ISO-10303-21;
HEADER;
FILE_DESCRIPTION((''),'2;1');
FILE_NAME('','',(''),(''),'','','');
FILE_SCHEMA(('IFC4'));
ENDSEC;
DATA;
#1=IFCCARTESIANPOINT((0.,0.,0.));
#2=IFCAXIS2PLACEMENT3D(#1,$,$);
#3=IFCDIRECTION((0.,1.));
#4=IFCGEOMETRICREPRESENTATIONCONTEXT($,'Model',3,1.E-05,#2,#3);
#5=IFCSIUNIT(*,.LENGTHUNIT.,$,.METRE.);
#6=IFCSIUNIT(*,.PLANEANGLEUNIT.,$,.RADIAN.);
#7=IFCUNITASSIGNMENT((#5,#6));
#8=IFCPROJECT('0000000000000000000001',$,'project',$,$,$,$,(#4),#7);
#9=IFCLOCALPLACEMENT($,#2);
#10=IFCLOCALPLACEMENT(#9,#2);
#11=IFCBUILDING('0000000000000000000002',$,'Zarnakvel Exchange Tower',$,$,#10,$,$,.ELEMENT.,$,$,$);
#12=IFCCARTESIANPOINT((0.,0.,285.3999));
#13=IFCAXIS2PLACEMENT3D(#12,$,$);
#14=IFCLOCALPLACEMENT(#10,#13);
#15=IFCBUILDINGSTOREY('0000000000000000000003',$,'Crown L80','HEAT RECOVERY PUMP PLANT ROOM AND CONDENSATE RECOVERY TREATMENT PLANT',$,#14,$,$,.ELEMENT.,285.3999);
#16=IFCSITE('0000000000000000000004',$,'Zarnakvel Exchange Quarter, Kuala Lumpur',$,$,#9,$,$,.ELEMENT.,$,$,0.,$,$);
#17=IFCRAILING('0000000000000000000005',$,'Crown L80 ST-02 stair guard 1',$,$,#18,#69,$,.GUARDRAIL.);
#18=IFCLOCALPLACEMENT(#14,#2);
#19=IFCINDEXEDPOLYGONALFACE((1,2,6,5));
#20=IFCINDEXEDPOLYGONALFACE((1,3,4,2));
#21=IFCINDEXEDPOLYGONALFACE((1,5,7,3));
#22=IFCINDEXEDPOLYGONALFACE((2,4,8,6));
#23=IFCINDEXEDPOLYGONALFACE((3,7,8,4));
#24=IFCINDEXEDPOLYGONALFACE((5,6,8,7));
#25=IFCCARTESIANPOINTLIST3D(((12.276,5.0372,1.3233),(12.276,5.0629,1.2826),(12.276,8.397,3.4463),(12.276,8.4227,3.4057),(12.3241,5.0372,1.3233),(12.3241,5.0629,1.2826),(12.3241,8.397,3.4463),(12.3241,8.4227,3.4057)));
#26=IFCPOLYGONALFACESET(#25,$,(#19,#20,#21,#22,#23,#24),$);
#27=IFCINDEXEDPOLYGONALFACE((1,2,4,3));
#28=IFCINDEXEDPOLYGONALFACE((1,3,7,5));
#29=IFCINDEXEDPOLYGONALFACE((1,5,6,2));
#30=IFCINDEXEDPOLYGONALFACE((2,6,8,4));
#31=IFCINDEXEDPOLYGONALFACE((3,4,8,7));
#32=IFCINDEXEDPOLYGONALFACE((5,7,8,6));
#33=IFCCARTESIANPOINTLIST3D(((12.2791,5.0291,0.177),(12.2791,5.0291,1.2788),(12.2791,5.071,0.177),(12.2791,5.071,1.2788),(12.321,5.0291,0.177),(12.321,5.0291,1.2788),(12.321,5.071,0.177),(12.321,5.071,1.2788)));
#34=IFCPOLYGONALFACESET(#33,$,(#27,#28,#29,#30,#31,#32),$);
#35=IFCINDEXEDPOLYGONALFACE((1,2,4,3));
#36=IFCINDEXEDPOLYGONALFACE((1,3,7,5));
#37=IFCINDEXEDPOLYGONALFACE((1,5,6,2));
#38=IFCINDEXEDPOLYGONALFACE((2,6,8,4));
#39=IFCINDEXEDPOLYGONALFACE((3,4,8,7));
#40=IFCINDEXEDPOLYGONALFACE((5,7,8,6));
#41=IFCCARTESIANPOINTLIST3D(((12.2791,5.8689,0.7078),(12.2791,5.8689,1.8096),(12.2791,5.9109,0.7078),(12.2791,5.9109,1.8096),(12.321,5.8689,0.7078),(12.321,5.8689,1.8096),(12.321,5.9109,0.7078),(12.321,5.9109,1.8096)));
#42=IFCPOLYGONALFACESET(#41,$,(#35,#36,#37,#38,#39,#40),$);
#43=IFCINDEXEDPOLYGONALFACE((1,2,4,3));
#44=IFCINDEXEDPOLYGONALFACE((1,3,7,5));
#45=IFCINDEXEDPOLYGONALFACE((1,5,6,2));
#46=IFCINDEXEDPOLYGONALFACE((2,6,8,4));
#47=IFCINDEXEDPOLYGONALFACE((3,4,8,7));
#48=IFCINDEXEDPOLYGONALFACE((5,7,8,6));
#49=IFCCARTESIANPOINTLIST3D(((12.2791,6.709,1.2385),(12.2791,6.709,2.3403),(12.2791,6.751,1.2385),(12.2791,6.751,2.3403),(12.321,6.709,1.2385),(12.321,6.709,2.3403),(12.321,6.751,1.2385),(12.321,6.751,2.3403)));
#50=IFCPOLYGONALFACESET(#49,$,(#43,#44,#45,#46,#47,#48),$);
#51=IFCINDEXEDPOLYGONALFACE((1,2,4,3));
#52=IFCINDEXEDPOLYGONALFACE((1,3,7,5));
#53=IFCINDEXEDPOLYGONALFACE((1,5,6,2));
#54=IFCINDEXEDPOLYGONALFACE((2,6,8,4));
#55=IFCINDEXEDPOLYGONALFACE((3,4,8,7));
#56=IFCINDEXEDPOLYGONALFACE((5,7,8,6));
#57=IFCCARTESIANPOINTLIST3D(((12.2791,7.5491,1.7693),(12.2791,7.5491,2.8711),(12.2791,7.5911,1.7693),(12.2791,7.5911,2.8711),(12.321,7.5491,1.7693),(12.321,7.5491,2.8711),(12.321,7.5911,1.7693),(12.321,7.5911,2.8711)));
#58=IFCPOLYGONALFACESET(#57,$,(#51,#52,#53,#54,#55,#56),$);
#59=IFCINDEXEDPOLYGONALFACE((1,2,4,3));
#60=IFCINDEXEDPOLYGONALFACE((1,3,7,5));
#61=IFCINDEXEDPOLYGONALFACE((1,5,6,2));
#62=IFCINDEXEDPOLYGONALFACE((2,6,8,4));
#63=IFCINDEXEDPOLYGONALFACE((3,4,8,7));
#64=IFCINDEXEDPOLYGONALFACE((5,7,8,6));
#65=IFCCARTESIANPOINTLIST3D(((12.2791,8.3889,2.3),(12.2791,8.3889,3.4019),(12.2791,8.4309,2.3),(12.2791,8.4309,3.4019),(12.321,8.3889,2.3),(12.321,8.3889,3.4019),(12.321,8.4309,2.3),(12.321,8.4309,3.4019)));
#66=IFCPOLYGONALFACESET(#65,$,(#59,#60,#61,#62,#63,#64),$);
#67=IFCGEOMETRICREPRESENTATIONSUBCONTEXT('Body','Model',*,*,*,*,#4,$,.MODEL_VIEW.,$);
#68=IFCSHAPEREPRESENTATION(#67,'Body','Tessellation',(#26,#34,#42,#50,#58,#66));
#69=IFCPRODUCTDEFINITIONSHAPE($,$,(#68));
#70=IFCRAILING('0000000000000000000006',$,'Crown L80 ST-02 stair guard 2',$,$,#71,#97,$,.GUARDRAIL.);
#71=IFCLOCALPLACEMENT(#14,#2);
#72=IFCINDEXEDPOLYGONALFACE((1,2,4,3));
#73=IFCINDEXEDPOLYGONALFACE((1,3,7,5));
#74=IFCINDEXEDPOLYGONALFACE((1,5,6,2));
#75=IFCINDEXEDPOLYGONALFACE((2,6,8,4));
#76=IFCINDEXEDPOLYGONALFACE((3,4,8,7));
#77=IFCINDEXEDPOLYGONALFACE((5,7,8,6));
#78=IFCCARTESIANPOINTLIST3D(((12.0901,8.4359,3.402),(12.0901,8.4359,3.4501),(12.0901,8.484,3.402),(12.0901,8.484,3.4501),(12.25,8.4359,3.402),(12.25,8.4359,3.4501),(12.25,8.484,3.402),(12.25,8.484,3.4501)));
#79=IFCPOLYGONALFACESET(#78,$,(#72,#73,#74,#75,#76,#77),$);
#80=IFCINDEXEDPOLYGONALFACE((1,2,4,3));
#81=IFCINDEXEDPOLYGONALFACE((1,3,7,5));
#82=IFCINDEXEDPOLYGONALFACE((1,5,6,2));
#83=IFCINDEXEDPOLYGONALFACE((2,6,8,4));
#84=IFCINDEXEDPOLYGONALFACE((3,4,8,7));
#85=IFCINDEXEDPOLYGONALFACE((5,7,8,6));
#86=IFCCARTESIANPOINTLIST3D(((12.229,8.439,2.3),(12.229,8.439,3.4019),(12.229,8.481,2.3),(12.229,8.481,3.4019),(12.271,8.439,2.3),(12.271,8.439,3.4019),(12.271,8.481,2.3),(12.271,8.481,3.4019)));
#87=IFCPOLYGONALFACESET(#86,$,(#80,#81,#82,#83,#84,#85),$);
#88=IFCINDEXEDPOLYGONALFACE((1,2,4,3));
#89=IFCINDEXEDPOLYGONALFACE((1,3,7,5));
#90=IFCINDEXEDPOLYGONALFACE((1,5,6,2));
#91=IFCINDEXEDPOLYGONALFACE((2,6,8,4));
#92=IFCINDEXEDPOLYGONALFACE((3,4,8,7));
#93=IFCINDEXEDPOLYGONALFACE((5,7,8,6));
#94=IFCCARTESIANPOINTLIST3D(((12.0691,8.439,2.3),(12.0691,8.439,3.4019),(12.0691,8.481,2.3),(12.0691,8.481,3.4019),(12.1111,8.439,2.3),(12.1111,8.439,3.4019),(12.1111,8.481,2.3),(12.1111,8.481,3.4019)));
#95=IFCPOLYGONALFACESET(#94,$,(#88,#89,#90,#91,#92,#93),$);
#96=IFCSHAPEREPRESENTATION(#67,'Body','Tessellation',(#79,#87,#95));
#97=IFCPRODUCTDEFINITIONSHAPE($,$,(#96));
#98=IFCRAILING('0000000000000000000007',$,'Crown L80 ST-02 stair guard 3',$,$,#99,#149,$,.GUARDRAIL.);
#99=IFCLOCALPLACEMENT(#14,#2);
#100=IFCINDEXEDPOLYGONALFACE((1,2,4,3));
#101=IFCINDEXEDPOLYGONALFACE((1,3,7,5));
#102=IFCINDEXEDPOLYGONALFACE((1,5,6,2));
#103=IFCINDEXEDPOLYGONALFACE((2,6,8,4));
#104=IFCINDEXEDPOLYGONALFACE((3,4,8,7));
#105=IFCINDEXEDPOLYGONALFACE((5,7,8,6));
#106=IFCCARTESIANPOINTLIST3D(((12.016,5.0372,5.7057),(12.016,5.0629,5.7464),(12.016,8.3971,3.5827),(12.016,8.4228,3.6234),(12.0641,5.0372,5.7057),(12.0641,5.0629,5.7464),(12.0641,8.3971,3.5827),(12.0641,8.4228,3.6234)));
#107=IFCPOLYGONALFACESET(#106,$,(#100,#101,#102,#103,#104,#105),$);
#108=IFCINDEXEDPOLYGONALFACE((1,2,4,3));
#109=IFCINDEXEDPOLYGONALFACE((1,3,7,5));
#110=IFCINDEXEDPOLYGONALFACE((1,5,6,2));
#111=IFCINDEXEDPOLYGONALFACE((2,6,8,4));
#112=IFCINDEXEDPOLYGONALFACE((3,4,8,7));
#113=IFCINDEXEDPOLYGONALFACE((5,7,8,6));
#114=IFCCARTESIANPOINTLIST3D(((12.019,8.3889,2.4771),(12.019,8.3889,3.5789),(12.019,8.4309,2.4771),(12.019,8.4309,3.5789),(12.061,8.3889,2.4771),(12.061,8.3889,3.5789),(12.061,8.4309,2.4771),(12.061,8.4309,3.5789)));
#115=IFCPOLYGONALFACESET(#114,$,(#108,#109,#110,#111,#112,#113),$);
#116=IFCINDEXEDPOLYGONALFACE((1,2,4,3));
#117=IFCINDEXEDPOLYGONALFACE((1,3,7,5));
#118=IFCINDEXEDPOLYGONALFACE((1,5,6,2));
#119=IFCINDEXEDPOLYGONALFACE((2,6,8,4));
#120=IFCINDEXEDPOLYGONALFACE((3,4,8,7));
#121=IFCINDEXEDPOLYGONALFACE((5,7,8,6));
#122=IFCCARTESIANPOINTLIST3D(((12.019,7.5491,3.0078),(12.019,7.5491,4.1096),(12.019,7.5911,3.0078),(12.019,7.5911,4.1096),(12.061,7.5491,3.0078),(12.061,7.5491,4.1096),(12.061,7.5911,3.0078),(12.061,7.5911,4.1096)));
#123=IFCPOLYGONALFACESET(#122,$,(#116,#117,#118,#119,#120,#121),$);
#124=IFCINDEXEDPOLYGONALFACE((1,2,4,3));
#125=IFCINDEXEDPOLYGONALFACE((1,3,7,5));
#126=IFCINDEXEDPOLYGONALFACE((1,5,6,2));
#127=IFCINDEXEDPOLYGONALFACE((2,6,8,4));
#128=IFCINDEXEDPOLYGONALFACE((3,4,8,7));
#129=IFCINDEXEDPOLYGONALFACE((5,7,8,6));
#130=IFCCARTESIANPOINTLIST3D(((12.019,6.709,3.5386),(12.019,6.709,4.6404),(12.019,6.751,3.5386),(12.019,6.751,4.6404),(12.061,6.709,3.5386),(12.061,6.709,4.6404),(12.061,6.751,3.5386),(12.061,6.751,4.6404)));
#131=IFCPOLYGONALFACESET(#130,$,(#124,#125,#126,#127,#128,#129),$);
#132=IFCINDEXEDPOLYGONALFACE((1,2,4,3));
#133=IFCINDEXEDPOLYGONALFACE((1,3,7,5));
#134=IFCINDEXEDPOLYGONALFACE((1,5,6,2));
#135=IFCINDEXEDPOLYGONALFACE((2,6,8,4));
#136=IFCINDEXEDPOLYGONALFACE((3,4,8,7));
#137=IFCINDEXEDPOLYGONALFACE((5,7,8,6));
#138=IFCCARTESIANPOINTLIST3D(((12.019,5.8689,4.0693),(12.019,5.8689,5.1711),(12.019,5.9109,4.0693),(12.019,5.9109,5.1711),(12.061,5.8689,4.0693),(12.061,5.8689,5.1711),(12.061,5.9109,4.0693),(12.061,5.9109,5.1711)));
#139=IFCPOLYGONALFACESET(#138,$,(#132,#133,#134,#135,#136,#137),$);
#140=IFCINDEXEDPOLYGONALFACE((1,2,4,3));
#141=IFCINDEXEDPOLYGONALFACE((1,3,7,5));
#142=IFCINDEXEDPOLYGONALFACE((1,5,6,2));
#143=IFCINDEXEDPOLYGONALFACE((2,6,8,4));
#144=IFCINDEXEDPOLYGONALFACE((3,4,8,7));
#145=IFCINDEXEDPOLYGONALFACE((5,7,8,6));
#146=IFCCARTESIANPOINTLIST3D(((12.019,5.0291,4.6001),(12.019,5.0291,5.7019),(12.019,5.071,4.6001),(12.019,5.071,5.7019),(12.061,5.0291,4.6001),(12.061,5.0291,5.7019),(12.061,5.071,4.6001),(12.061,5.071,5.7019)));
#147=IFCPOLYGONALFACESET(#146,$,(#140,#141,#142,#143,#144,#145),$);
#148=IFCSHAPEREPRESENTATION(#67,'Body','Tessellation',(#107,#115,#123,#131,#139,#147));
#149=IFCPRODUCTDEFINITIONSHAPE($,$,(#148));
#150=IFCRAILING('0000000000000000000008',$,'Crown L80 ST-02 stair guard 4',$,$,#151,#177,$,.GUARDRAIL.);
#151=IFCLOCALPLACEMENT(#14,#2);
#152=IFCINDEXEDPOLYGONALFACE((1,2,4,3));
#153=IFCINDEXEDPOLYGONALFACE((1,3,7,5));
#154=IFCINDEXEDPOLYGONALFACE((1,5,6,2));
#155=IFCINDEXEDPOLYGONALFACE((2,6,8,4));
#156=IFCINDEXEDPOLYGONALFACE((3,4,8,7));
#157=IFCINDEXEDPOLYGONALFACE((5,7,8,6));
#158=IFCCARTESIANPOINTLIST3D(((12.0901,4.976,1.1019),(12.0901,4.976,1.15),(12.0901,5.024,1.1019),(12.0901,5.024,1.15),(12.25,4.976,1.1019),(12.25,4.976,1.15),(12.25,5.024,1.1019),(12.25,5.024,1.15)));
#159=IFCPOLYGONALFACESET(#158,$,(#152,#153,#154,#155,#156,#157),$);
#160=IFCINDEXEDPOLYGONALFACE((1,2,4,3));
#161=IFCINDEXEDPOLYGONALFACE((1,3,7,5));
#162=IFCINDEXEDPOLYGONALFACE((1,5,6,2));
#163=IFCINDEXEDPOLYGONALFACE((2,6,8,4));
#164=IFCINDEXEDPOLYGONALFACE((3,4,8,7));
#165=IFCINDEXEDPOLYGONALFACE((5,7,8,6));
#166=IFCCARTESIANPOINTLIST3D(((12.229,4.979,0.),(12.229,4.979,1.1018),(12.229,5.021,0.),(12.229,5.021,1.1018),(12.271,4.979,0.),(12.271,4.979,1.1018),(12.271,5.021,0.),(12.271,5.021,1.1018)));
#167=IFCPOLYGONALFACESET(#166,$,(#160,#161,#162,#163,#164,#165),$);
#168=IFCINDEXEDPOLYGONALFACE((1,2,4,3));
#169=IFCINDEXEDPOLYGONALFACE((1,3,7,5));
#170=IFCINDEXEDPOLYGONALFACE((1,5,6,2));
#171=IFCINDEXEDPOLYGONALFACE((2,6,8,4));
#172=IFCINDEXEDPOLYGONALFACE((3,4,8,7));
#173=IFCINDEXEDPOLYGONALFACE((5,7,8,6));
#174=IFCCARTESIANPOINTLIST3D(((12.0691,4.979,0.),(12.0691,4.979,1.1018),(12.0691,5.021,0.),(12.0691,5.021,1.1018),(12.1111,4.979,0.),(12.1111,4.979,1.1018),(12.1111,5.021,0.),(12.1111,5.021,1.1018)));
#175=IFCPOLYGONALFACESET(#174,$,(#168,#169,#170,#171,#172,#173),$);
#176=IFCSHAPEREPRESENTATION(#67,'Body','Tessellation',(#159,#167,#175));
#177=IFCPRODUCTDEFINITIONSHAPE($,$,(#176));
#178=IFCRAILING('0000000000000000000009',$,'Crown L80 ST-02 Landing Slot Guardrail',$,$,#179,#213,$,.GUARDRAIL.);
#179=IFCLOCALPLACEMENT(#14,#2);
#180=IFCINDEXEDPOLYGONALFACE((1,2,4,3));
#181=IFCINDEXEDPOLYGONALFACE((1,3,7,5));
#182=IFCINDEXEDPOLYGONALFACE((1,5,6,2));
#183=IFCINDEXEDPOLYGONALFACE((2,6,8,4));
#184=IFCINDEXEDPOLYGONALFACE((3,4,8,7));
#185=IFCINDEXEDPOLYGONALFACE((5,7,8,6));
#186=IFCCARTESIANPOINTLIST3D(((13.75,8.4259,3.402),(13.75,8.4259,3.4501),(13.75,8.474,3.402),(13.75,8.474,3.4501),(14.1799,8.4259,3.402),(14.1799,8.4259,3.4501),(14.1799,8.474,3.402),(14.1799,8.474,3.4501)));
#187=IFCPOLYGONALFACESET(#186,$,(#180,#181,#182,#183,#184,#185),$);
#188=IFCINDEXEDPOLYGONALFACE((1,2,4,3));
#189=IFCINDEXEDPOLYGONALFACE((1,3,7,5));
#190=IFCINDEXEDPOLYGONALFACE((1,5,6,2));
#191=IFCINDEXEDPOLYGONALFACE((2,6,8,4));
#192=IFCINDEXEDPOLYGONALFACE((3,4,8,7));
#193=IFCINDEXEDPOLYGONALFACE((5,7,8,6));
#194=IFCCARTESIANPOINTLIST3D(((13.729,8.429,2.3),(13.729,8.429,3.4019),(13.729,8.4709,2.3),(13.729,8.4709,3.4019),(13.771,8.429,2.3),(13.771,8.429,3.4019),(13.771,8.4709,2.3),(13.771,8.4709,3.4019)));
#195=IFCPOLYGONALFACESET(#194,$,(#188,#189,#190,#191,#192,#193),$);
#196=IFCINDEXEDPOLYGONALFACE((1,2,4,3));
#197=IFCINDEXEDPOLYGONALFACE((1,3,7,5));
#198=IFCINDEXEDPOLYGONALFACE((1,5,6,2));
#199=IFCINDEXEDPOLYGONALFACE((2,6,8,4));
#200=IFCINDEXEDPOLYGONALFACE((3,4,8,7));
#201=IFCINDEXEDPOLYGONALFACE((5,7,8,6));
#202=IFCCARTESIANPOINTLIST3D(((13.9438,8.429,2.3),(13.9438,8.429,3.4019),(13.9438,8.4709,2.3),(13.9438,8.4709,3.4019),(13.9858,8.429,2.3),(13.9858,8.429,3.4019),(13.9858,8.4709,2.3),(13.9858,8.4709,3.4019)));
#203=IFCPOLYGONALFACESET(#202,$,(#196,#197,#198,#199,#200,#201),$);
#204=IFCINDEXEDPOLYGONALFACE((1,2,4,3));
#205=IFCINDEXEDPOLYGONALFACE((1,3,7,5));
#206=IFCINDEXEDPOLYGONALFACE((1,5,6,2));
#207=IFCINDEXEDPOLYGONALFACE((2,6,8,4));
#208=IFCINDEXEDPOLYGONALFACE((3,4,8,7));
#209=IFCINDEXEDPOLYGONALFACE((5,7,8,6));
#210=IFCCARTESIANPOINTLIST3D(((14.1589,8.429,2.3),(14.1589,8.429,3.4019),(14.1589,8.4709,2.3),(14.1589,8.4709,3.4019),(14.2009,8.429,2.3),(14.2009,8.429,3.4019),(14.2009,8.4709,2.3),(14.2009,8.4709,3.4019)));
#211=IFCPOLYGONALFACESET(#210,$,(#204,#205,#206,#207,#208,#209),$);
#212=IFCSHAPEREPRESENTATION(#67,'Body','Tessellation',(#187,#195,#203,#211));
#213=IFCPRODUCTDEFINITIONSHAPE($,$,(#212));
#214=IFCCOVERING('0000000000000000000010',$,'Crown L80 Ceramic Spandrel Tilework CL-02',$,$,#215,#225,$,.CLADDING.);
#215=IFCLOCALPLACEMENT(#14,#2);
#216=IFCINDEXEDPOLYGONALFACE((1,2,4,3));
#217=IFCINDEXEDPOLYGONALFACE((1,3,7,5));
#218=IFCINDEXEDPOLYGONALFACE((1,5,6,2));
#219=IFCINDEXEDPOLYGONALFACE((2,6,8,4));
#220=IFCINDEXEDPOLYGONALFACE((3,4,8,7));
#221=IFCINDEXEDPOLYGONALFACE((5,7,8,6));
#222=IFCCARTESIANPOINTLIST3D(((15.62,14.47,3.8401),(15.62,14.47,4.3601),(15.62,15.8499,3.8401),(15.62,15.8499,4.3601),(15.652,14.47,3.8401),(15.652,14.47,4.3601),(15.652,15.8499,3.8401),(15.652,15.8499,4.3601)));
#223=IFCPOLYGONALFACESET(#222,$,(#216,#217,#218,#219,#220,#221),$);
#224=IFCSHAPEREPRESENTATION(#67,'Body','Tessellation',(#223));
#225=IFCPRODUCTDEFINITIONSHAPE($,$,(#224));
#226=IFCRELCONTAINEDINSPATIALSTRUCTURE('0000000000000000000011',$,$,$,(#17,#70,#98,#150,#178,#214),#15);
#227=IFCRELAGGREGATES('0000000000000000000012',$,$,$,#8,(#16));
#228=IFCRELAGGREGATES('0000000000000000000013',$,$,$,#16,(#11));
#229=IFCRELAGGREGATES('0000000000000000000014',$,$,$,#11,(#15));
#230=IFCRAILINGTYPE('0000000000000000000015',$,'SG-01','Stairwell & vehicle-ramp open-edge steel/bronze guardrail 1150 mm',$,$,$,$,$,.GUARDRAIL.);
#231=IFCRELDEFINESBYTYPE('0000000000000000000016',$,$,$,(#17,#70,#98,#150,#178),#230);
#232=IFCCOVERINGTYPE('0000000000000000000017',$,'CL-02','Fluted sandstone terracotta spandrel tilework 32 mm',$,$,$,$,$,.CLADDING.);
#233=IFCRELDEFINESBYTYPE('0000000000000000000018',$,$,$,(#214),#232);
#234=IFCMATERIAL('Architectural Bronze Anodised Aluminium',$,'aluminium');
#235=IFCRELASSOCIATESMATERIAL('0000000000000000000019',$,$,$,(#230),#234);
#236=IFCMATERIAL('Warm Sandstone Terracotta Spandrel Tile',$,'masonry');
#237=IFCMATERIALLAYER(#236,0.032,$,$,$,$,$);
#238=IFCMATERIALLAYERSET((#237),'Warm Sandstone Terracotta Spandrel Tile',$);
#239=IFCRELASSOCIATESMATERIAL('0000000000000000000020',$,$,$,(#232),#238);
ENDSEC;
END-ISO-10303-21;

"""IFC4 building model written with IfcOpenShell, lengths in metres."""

from ifc_helpers import new_model, si_unit, direction, frame, origin, origin_2d, place, context, subcontext, project, spatial, rectangle, extrude, source, transform, mapped, material, layer, layer_set, type_object, element, save


model = new_model("IFC4")

# Units and contexts
model_context = context("Model", 3, precision=1e-05, world=origin(), true_north=direction((0.0, 1.0)))
body_context = subcontext(model_context, "Body", "Model", "MODEL_VIEW")
ifc_project = project(units=[si_unit("LENGTHUNIT", "METRE"), si_unit("PLANEANGLEUNIT", "RADIAN")], contexts=[model_context])

# Site, building, storey
site_placement = place(None, origin())
site = spatial("IfcSite", under=ifc_project, at=site_placement, Name="Zarnakvel Exchange Quarter, Kuala Lumpur", CompositionType="ELEMENT", RefElevation=0.0)
building_placement = place(site_placement, origin())
building = spatial("IfcBuilding", under=site, at=building_placement, Name="Zarnakvel Exchange Tower", CompositionType="ELEMENT")
storey_placement = place(building_placement, frame((0.0, 0.0, 285.3999)))
storey = spatial("IfcBuildingStorey", under=building, at=storey_placement, Name="Crown L80", Description="HEAT RECOVERY PUMP PLANT ROOM AND CONDENSATE RECOVERY TREATMENT PLANT", CompositionType="ELEMENT", Elevation=285.3999)

# Shared definitions
ifc_material_1 = material(Name="Architectural Bronze Anodised Aluminium", Category="aluminium")

# Railings
railing_type_1 = type_object("IfcRailingType", Name="SG-01", Description="Stairwell & vehicle-ramp open-edge steel/bronze guardrail 1150 mm", PredefinedType="GUARDRAIL", material=ifc_material_1)
railing_1_placement = place(storey_placement, frame((12.3, 5.05, 0.177)))
element("IfcRailing", 1, at=railing_1_placement, inside=storey, type_object=railing_type_1, Name="Crown L80 ST-02 stair guard 1", PredefinedType="GUARDRAIL", context=body_context, shape_type="SweptSolid", body=[
    extrude(rectangle(XDim=0.0481, YDim=0.0481, at=origin_2d()), frame((0.0, 0.0, 1.126), z_axis=(0.0, 0.845372, 0.534178), x_axis=(-1.0, 0.0, 0.0)), (0.0, 0.0, 1.0), 3.9744),
    extrude(rectangle(XDim=0.042, YDim=0.042, at=origin_2d()), origin(), (0.0, 0.0, 1.0), 1.1018),
    extrude(rectangle(XDim=0.042, YDim=0.042, at=origin_2d()), frame((0.0, 0.8398, 0.5308)), (0.0, 0.0, 1.0), 1.1018),
    extrude(rectangle(XDim=0.042, YDim=0.042, at=origin_2d()), frame((0.0, 1.6799, 1.0615)), (0.0, 0.0, 1.0), 1.1018),
    extrude(rectangle(XDim=0.042, YDim=0.042, at=origin_2d()), frame((0.0, 2.52, 1.5923)), (0.0, 0.0, 1.0), 1.1018),
    extrude(rectangle(XDim=0.042, YDim=0.042, at=origin_2d()), frame((0.0, 3.3599, 2.123)), (0.0, 0.0, 1.0), 1.1018),
])
railing_2_placement = place(storey_placement, frame((12.25, 8.46, 2.3)))
element("IfcRailing", 2, at=railing_2_placement, inside=storey, type_object=railing_type_1, Name="Crown L80 ST-02 stair guard 2", PredefinedType="GUARDRAIL", context=body_context, shape_type="SweptSolid", body=[
    extrude(rectangle(XDim=0.0481, YDim=0.0481, at=origin_2d()), frame((0.0, 0.0, 1.126), z_axis=(-1.0, 0.0, 0.0), x_axis=(0.0, -1.0, 0.0)), (0.0, 0.0, 1.0), 0.1599),
    extrude(rectangle(XDim=0.042, YDim=0.042, at=origin_2d()), origin(), (0.0, 0.0, 1.0), 1.1018),
    extrude(rectangle(XDim=0.042, YDim=0.042, at=origin_2d()), frame((-0.1599, 0.0, 0.0)), (0.0, 0.0, 1.0), 1.1018),
])
railing_3_placement = place(storey_placement, frame((12.04, 8.4099, 2.4771)))
element("IfcRailing", 3, at=railing_3_placement, inside=storey, type_object=railing_type_1, Name="Crown L80 ST-02 stair guard 3", PredefinedType="GUARDRAIL", context=body_context, shape_type="SweptSolid", body=[
    extrude(rectangle(XDim=0.0481, YDim=0.0481, at=origin_2d()), frame((0.0, 0.0, 1.126), z_axis=(0.0, -0.845372, 0.534178), x_axis=(1.0, 0.0, 0.0)), (0.0, 0.0, 1.0), 3.9744),
    extrude(rectangle(XDim=0.042, YDim=0.042, at=origin_2d()), origin(), (0.0, 0.0, 1.0), 1.1018),
    extrude(rectangle(XDim=0.042, YDim=0.042, at=origin_2d()), frame((0.0, -0.8398, 0.5308)), (0.0, 0.0, 1.0), 1.1018),
    extrude(rectangle(XDim=0.042, YDim=0.042, at=origin_2d()), frame((0.0, -1.6799, 1.0615)), (0.0, 0.0, 1.0), 1.1018),
    extrude(rectangle(XDim=0.042, YDim=0.042, at=origin_2d()), frame((0.0, -2.52, 1.5923)), (0.0, 0.0, 1.0), 1.1018),
    extrude(rectangle(XDim=0.042, YDim=0.042, at=origin_2d()), frame((0.0, -3.3599, 2.123)), (0.0, 0.0, 1.0), 1.1018),
])
railing_4_placement = place(storey_placement, frame((12.25, 5.0, 0.0)))
element("IfcRailing", 4, at=railing_4_placement, inside=storey, type_object=railing_type_1, Name="Crown L80 ST-02 stair guard 4", PredefinedType="GUARDRAIL", context=body_context, shape_type="SweptSolid", body=[
    extrude(rectangle(XDim=0.0481, YDim=0.0481, at=origin_2d()), frame((0.0, 0.0, 1.126), z_axis=(-1.0, 0.0, 0.0), x_axis=(0.0, -1.0, 0.0)), (0.0, 0.0, 1.0), 0.1599),
    extrude(rectangle(XDim=0.042, YDim=0.042, at=origin_2d()), origin(), (0.0, 0.0, 1.0), 1.1018),
    extrude(rectangle(XDim=0.042, YDim=0.042, at=origin_2d()), frame((-0.1599, 0.0, 0.0)), (0.0, 0.0, 1.0), 1.1018),
])
railing_5_placement = place(storey_placement, frame((13.75, 8.45, 2.3)))
element("IfcRailing", 5, at=railing_5_placement, inside=storey, type_object=railing_type_1, Name="Crown L80 ST-02 Landing Slot Guardrail", PredefinedType="GUARDRAIL", context=body_context, shape_type="SweptSolid", body=[
    extrude(rectangle(XDim=0.0481, YDim=0.0481, at=origin_2d()), frame((0.0, 0.0, 1.126), z_axis=(1.0, 0.0, 0.0), x_axis=(0.0, 1.0, 0.0)), (0.0, 0.0, 1.0), 0.4299),
    extrude(rectangle(XDim=0.042, YDim=0.042, at=origin_2d()), origin(), (0.0, 0.0, 1.0), 1.1018),
    extrude(rectangle(XDim=0.042, YDim=0.042, at=origin_2d()), frame((0.2148, 0.0, 0.0)), (0.0, 0.0, 1.0), 1.1018),
    extrude(rectangle(XDim=0.042, YDim=0.042, at=origin_2d()), frame((0.4299, 0.0, 0.0)), (0.0, 0.0, 1.0), 1.1018),
])

# Covering
ifc_material_2 = material(Name="Warm Sandstone Terracotta Spandrel Tile", Category="masonry")
ifc_layer_1 = layer(ifc_material_2, 0.032)
ifc_layer_set_1 = layer_set([ifc_layer_1], Name="Warm Sandstone Terracotta Spandrel Tile")
covering_type = type_object("IfcCoveringType", Name="CL-02", Description="Fluted sandstone terracotta spandrel tilework 32 mm", PredefinedType="CLADDING", material=ifc_layer_set_1)
shared_shape_1 = source(origin(), body_context, "Body", "SweptSolid", [
    extrude(rectangle(XDim=1.3799, YDim=0.032, at=origin_2d()), origin(), (0.0, 0.0, 1.0), 0.52),
])
for number, where, z_axis, x_axis, name in (
    (6, (15.636, 15.1599, 3.8401), (0.0, 0.0, 1.0), (0.0, 1.0, 0.0), "Crown L80 Ceramic Spandrel Tilework CL-02"),
):
    element("IfcCovering", number, at=place(storey_placement, frame(where, z_axis=z_axis, x_axis=x_axis)), inside=storey, type_object=covering_type, Name=name, PredefinedType="CLADDING", context=body_context, shape_type="MappedRepresentation", body=[
        mapped(shared_shape_1, transform((0.0, 0.0, 0.0), x_axis=(1.0, 0.0, 0.0), y_axis=(0.0, 1.0, 0.0), z_axis=(0.0, 0.0, 1.0), scale=1.0)),
    ])

save(model, "model.ifc")
